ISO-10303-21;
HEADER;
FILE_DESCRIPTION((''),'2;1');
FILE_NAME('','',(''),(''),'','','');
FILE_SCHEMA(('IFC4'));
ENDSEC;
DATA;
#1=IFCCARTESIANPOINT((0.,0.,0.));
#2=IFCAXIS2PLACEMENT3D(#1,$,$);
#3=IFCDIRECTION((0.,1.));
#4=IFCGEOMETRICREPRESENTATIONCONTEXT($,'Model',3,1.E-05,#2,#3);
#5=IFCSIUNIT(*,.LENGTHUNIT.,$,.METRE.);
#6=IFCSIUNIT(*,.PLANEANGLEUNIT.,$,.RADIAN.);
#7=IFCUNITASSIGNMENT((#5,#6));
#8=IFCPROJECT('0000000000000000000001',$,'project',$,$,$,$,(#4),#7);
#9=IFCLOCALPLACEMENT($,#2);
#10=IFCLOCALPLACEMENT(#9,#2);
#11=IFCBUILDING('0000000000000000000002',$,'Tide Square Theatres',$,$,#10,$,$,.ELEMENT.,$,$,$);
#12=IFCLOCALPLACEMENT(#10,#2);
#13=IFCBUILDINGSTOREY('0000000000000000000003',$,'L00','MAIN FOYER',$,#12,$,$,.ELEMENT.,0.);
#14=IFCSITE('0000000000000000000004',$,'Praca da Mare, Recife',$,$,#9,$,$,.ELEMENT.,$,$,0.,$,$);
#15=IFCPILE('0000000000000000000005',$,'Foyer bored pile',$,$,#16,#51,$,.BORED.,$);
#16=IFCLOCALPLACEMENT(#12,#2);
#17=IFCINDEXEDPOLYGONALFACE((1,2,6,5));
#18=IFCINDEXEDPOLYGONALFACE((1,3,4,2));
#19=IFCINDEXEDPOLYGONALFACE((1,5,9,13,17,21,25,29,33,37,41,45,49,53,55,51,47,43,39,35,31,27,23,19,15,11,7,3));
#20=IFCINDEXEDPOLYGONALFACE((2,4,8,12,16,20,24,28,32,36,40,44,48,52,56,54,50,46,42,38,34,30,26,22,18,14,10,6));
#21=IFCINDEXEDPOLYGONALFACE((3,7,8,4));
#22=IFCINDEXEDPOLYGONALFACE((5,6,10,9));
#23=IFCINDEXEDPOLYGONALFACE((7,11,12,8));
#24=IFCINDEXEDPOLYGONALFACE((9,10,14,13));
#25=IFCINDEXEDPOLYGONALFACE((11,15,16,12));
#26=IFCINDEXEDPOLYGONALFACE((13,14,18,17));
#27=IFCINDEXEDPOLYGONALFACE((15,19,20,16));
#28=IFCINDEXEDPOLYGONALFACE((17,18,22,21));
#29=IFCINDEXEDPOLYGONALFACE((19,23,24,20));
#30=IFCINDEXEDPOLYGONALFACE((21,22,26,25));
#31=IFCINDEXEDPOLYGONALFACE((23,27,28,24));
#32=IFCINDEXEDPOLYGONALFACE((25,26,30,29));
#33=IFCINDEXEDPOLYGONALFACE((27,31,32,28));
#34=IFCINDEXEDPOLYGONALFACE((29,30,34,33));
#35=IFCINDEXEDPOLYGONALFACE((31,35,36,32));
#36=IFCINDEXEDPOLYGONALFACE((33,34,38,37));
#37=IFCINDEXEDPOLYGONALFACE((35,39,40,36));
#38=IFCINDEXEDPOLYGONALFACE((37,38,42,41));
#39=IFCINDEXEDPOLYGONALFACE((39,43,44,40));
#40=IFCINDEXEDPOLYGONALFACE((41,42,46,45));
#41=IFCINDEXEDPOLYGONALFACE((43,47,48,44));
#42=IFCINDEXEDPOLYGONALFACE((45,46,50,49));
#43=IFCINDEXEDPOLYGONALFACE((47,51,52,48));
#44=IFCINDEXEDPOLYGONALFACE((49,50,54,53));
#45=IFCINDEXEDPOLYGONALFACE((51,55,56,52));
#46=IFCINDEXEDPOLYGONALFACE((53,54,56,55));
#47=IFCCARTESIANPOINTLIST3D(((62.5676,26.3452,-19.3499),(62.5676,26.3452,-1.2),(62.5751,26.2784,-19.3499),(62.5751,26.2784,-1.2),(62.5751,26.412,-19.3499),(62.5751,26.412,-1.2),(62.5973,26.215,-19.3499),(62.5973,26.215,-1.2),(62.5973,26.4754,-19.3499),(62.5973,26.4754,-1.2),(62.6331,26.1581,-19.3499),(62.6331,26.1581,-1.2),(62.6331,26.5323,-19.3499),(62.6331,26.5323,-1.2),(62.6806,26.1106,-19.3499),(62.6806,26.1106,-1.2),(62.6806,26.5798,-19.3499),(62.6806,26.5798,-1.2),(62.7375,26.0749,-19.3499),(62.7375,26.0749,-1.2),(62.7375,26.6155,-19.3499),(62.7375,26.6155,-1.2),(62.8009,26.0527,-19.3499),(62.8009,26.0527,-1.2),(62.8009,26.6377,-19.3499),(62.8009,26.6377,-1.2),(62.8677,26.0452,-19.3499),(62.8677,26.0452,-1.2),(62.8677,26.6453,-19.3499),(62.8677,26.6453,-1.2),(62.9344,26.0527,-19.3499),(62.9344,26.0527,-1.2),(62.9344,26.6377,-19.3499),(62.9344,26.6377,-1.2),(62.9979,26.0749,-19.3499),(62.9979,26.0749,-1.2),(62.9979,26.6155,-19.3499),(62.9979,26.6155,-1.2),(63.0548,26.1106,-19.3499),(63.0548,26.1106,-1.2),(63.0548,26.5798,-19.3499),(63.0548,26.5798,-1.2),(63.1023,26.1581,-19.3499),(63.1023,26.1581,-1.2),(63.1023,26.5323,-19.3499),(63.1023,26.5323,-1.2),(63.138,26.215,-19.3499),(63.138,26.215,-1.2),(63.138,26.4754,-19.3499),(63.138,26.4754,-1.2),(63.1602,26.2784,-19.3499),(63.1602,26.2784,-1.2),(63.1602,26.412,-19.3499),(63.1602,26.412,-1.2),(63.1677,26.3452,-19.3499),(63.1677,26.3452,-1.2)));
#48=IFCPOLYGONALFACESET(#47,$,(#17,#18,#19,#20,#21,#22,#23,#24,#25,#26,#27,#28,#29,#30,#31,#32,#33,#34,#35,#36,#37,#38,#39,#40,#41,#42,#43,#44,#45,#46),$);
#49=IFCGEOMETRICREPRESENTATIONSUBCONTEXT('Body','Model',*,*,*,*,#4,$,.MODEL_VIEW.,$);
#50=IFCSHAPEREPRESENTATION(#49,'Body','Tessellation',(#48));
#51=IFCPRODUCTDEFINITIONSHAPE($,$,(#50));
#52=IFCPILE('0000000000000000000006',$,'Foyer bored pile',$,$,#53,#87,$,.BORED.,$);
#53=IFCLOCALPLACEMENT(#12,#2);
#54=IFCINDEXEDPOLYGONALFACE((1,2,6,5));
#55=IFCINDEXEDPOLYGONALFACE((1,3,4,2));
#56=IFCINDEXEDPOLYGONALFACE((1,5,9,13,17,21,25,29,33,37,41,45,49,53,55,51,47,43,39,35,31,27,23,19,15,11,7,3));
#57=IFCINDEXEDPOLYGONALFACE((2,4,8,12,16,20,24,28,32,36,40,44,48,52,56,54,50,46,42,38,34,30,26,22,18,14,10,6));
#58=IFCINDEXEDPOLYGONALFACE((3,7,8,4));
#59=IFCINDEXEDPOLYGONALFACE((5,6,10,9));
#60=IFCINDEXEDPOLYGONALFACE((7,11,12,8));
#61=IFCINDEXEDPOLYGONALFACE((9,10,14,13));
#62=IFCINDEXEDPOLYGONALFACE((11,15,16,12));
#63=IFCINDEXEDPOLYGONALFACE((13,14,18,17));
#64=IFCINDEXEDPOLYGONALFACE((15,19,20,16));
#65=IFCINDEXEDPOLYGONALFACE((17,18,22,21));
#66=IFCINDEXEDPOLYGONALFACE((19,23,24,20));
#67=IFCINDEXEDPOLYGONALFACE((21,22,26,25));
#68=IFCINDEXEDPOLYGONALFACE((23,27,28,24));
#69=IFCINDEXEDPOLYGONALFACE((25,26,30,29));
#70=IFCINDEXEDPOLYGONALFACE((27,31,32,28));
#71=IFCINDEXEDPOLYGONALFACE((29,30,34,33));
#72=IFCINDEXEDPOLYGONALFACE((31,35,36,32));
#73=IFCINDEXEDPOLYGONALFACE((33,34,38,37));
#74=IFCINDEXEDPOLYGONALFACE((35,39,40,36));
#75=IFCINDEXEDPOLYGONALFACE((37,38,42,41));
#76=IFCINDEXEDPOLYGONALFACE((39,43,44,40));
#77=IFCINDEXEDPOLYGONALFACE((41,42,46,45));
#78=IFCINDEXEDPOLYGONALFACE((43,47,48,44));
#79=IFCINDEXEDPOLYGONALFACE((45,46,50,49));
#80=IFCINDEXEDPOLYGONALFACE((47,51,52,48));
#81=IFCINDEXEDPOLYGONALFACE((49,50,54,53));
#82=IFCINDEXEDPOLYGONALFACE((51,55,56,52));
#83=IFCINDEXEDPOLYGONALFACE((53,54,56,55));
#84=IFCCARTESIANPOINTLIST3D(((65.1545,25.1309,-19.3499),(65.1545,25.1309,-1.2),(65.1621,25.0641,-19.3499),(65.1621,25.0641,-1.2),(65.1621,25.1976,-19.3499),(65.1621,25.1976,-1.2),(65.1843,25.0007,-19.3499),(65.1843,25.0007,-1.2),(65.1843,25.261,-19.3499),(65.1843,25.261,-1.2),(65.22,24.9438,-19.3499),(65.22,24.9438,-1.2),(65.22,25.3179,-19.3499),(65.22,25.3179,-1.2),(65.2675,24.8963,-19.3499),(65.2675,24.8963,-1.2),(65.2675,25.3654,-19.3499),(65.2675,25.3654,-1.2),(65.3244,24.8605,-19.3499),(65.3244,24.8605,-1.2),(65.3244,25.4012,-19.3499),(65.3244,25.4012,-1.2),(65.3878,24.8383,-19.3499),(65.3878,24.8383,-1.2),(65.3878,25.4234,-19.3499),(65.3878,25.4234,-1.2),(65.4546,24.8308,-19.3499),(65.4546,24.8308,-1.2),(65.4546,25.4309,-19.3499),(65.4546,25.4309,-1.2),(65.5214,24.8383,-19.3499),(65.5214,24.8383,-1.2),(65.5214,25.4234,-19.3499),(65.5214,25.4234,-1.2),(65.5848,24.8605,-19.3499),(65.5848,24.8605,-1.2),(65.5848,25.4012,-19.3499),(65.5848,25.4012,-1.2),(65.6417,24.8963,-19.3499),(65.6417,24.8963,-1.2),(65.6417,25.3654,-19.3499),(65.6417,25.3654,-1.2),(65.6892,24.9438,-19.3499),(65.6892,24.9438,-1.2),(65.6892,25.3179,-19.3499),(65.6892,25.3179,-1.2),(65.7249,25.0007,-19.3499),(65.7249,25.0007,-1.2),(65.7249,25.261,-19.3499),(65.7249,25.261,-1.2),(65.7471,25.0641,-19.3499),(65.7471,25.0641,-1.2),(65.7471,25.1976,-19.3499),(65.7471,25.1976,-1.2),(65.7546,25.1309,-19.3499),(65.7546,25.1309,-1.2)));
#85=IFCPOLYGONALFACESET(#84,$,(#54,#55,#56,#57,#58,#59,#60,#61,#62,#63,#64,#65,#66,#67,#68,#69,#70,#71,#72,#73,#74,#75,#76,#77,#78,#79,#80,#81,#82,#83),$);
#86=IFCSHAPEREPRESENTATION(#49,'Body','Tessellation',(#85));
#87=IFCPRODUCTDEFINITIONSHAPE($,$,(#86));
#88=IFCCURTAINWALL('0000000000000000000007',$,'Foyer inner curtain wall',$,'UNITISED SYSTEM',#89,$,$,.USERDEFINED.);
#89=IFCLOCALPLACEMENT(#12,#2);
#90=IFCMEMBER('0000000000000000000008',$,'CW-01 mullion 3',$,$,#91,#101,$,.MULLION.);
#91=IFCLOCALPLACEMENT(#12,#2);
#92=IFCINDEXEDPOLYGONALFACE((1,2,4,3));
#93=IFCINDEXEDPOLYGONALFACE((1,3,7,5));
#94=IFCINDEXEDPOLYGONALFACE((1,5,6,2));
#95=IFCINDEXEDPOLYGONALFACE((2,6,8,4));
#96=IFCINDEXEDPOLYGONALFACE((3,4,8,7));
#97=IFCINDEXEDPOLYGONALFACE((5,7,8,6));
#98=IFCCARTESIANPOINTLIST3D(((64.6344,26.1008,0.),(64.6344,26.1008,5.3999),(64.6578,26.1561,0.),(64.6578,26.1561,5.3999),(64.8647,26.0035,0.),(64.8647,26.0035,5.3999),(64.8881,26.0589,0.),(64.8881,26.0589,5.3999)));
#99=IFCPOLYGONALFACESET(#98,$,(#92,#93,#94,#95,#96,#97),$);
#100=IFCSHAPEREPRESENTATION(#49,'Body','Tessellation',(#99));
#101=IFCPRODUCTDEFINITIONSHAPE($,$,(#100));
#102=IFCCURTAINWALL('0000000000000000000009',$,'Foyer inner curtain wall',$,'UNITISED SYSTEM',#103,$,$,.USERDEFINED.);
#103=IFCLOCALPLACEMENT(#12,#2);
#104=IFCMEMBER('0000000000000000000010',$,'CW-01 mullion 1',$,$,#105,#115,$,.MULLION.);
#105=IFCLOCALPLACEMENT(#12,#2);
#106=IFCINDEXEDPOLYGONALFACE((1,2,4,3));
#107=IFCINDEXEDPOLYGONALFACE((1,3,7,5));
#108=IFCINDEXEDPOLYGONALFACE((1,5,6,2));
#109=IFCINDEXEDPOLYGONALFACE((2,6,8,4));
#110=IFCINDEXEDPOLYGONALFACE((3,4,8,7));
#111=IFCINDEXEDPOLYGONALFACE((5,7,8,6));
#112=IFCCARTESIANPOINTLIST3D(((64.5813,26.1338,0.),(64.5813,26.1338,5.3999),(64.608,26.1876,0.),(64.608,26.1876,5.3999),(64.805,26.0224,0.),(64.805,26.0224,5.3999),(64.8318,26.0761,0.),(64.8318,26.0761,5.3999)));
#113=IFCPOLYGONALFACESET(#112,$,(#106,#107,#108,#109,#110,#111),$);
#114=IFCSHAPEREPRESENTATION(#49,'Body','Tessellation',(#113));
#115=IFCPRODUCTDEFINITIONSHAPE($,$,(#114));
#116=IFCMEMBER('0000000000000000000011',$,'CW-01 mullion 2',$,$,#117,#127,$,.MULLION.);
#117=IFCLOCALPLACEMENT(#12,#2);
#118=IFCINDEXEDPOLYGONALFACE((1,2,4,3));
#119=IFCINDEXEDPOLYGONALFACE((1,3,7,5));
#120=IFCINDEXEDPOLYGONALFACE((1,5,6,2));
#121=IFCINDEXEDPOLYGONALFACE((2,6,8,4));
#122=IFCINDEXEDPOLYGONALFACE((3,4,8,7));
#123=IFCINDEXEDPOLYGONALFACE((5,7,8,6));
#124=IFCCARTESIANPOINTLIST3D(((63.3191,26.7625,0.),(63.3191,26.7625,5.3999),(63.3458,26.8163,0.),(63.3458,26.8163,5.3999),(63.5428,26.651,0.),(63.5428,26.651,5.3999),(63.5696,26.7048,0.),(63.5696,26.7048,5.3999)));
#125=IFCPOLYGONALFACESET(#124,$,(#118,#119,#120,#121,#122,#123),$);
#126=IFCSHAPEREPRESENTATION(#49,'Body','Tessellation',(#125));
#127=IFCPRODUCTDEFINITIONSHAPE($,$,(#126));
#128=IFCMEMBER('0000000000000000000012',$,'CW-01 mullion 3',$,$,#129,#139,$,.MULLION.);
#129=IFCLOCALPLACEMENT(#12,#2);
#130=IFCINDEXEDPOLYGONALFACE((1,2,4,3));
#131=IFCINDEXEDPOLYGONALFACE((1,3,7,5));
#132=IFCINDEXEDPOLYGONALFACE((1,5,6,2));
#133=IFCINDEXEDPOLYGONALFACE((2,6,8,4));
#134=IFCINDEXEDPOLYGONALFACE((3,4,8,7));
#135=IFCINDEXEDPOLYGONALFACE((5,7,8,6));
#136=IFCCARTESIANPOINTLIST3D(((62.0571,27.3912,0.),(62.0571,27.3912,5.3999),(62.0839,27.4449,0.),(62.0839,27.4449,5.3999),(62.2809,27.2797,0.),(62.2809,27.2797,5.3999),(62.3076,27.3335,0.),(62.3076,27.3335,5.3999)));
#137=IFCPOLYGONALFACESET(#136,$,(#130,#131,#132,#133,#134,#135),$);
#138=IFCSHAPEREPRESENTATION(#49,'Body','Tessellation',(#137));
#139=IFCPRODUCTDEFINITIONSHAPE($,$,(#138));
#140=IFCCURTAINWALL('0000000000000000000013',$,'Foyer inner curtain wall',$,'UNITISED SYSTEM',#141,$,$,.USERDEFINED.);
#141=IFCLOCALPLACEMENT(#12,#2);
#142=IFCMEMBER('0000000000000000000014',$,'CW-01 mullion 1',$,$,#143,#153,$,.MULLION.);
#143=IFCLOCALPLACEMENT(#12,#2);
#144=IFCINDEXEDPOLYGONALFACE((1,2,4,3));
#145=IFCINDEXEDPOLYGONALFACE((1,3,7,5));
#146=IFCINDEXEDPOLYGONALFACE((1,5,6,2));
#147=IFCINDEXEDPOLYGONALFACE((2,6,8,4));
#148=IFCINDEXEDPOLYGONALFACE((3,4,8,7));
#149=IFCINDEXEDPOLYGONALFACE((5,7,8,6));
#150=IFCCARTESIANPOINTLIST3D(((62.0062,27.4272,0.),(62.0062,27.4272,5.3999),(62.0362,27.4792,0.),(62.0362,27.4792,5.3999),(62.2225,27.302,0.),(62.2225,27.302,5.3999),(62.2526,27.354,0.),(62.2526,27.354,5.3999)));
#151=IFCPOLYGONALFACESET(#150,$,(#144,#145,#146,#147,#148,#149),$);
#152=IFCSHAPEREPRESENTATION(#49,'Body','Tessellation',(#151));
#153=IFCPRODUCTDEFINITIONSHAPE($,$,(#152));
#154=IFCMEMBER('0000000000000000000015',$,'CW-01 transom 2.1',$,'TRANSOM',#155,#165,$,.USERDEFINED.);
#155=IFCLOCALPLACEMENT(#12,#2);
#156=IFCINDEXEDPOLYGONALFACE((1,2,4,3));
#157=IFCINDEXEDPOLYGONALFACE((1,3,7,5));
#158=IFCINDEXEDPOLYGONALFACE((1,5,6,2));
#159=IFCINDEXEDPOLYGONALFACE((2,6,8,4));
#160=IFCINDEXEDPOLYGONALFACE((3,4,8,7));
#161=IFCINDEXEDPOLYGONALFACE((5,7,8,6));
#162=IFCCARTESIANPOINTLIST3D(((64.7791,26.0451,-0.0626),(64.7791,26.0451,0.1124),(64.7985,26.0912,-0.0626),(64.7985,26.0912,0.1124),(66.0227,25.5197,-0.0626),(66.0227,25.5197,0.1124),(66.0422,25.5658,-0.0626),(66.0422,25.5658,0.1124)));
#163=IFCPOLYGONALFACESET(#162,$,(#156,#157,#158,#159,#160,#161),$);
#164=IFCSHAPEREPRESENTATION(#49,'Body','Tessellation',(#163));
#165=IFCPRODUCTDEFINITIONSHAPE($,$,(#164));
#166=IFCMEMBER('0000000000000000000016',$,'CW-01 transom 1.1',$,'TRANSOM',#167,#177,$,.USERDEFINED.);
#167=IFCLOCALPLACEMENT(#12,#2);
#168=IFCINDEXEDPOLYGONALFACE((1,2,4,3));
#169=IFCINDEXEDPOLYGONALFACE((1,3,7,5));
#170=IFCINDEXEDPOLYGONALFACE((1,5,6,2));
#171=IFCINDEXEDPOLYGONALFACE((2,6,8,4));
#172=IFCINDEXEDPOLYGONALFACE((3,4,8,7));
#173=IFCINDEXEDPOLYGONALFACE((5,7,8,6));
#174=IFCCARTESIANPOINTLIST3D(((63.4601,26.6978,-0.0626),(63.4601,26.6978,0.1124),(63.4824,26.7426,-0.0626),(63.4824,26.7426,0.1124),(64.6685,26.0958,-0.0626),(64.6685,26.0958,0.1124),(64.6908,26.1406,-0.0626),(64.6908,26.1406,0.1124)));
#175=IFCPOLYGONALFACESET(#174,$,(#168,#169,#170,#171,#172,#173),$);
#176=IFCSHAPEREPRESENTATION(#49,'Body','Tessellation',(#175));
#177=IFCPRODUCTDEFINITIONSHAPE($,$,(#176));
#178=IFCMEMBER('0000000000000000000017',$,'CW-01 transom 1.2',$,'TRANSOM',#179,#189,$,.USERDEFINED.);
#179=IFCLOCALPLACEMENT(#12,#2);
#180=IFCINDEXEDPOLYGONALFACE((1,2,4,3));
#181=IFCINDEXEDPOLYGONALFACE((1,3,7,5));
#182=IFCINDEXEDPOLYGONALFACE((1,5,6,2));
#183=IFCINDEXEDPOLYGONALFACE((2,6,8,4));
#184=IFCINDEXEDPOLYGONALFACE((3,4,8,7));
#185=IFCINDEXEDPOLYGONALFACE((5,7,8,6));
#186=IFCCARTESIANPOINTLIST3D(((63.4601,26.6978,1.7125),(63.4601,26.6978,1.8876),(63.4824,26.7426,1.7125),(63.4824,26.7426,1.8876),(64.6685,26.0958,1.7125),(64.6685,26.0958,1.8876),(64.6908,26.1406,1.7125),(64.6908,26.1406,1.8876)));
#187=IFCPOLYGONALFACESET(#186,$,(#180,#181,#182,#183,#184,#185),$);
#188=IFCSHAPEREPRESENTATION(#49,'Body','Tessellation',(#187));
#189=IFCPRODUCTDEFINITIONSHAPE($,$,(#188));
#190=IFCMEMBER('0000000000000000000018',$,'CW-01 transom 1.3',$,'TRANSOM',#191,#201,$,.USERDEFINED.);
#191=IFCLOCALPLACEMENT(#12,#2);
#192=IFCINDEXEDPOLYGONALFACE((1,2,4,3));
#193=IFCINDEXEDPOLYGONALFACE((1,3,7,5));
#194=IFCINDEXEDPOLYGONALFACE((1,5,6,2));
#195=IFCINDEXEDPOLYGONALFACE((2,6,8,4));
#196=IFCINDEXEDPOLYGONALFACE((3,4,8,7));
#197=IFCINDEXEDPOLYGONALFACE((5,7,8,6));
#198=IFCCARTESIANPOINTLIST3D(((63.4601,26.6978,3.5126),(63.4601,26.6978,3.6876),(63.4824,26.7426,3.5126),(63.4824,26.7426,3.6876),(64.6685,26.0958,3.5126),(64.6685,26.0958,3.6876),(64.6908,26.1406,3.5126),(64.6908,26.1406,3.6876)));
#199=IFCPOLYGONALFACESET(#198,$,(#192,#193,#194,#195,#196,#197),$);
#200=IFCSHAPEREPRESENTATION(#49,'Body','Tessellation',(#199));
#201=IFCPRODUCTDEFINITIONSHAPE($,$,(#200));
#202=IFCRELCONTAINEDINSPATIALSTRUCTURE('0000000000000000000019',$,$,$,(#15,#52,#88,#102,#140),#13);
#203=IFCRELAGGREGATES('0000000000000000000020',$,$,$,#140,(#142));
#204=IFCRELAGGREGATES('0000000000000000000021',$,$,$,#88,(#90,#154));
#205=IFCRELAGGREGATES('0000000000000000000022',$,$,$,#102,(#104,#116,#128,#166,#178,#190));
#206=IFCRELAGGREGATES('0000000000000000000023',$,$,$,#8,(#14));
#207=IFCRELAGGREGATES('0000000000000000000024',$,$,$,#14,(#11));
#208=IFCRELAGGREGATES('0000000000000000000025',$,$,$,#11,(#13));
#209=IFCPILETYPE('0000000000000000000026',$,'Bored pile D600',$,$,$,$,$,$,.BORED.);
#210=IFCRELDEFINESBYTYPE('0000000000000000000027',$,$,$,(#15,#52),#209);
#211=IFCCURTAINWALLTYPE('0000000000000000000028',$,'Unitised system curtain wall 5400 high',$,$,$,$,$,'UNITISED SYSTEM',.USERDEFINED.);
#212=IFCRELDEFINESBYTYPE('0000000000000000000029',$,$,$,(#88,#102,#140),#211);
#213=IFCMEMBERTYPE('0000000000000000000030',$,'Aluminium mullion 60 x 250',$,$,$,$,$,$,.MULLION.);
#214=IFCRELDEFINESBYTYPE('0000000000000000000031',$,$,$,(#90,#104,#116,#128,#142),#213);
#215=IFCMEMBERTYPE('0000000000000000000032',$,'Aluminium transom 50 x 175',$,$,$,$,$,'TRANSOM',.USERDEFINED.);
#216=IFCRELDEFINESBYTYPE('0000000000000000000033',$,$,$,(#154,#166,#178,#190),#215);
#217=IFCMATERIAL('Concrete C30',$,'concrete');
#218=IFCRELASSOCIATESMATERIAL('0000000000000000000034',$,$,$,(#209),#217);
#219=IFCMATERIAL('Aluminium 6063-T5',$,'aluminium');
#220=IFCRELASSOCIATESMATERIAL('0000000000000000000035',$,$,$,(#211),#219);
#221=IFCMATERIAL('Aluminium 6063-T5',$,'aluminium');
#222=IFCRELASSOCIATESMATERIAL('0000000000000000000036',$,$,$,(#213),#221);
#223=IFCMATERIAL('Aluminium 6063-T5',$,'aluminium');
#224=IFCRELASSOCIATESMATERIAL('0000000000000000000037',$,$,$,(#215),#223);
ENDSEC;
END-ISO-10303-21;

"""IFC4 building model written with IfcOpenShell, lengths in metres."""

from ifc_helpers import new_model, si_unit, direction, frame, origin, origin_2d, place, context, subcontext, project, spatial, rectangle, circle, extrude, material, material_profile, profile_set, type_object, element, aggregate, save


model = new_model("IFC4")

# Units and contexts
model_context = context("Model", 3, precision=1e-05, world=origin(), true_north=direction((0.0, 1.0)))
body_context = subcontext(model_context, "Body", "Model", "MODEL_VIEW")
ifc_project = project(units=[si_unit("LENGTHUNIT", "METRE"), si_unit("PLANEANGLEUNIT", "RADIAN")], contexts=[model_context])

# Site, building, storey
site_placement = place(None, origin())
site = spatial("IfcSite", under=ifc_project, at=site_placement, Name="Praca da Mare, Recife", CompositionType="ELEMENT", RefElevation=0.0)
building_placement = place(site_placement, origin())
building = spatial("IfcBuilding", under=site, at=building_placement, Name="Tide Square Theatres", CompositionType="ELEMENT")
storey_placement = place(building_placement, origin())
storey = spatial("IfcBuildingStorey", under=building, at=storey_placement, Name="L00", Description="MAIN FOYER", CompositionType="ELEMENT", Elevation=0.0)

# Piles
ifc_material_1 = material(Name="Concrete C30", Category="concrete")
ifc_material_profile_1 = material_profile(ifc_material_1, circle(Radius=0.3, at=origin_2d()))
ifc_profile_set_1 = profile_set([ifc_material_profile_1], Name="Concrete C30")
pile_type = type_object("IfcPileType", Name="Bored pile D600", PredefinedType="BORED", material=ifc_profile_set_1)
for number, where, z_axis, x_axis, name in (
    (1, (62.8677, 26.3452, -1.2), (0.0, 0.0, -1.0), (1.0, 0.0, 0.0), "Foyer bored pile"),
    (2, (65.4546, 25.1309, -1.2), (0.0, 0.0, -1.0), (1.0, 0.0, 0.0), "Foyer bored pile"),
):
    element("IfcPile", number, at=place(storey_placement, frame(where, z_axis=z_axis, x_axis=x_axis)), inside=storey, type_object=pile_type, Name=name, PredefinedType="BORED", context=body_context, shape_type="SweptSolid", body=[
        extrude(circle(Radius=0.3, at=origin_2d()), origin(), (0.0, 0.0, 1.0), 18.1499),
    ])

# Curtain wall, member
ifc_material_2 = material(Name="Aluminium 6063-T5", Category="aluminium")
curtain_wall_type = type_object("IfcCurtainWallType", Name="Unitised system curtain wall 5400 high", ElementType="UNITISED SYSTEM", PredefinedType="USERDEFINED", material=ifc_material_2)
curtain_wall_1_placement = place(storey_placement, origin())
curtain_wall_1 = element("IfcCurtainWall", 3, at=curtain_wall_1_placement, inside=storey, type_object=curtain_wall_type, Name="Foyer inner curtain wall", ObjectType="UNITISED SYSTEM", PredefinedType="USERDEFINED")
ifc_material_3 = material(Name="Aluminium 6063-T5", Category="aluminium")
ifc_material_profile_2 = material_profile(ifc_material_3, rectangle(XDim=0.0601, YDim=0.25, at=origin_2d()))
ifc_profile_set_2 = profile_set([ifc_material_profile_2], Name="Aluminium 6063-T5")
member_type_1 = type_object("IfcMemberType", Name="Aluminium mullion 60 x 250", PredefinedType="MULLION", material=ifc_profile_set_2)
member_1_placement = place(storey_placement, frame((64.7612, 26.0798, 0.0), z_axis=(0.0, 0.0, 1.0), x_axis=(-0.389137, -0.92118, 0.0)))
member_1 = element("IfcMember", 4, at=member_1_placement, type_object=member_type_1, Name="CW-01 mullion 3", PredefinedType="MULLION", context=body_context, shape_type="SweptSolid", body=[
    extrude(rectangle(XDim=0.0601, YDim=0.25, at=origin_2d()), origin(), (0.0, 0.0, 1.0), 5.3999),
])

# Curtain wall, members
curtain_wall_2_placement = place(storey_placement, origin())
curtain_wall_2 = element("IfcCurtainWall", 5, at=curtain_wall_2_placement, inside=storey, type_object=curtain_wall_type, Name="Foyer inner curtain wall", ObjectType="UNITISED SYSTEM", PredefinedType="USERDEFINED")
member_2_placement = place(storey_placement, frame((64.7065, 26.105, 0.0), z_axis=(0.0, 0.0, 1.0), x_axis=(-0.445866, -0.8951, 0.0)))
member_2 = element("IfcMember", 6, at=member_2_placement, type_object=member_type_1, Name="CW-01 mullion 1", PredefinedType="MULLION", context=body_context, shape_type="SweptSolid", body=[
    extrude(rectangle(XDim=0.0601, YDim=0.25, at=origin_2d()), origin(), (0.0, 0.0, 1.0), 5.3999),
])
member_3_placement = place(storey_placement, frame((63.4443, 26.7336, 0.0), z_axis=(0.0, 0.0, 1.0), x_axis=(-0.445866, -0.8951, 0.0)))
member_3 = element("IfcMember", 7, at=member_3_placement, type_object=member_type_1, Name="CW-01 mullion 2", PredefinedType="MULLION", context=body_context, shape_type="SweptSolid", body=[
    extrude(rectangle(XDim=0.0601, YDim=0.25, at=origin_2d()), origin(), (0.0, 0.0, 1.0), 5.3999),
])
member_4_placement = place(storey_placement, frame((62.1824, 27.3623, 0.0), z_axis=(0.0, 0.0, 1.0), x_axis=(-0.445866, -0.8951, 0.0)))
member_4 = element("IfcMember", 8, at=member_4_placement, type_object=member_type_1, Name="CW-01 mullion 3", PredefinedType="MULLION", context=body_context, shape_type="SweptSolid", body=[
    extrude(rectangle(XDim=0.0601, YDim=0.25, at=origin_2d()), origin(), (0.0, 0.0, 1.0), 5.3999),
])

# Curtain wall, member
curtain_wall_3_placement = place(storey_placement, origin())
curtain_wall_3 = element("IfcCurtainWall", 9, at=curtain_wall_3_placement, inside=storey, type_object=curtain_wall_type, Name="Foyer inner curtain wall", ObjectType="UNITISED SYSTEM", PredefinedType="USERDEFINED")
member_5_placement = place(storey_placement, frame((62.1294, 27.3906, 0.0), z_axis=(0.0, 0.0, 1.0), x_axis=(-0.500865, -0.865525, 0.0)))
member_5 = element("IfcMember", 10, at=member_5_placement, type_object=member_type_1, Name="CW-01 mullion 1", PredefinedType="MULLION", context=body_context, shape_type="SweptSolid", body=[
    extrude(rectangle(XDim=0.0601, YDim=0.25, at=origin_2d()), origin(), (0.0, 0.0, 1.0), 5.3999),
])
aggregate(curtain_wall_3, [member_5])

# Members
ifc_material_4 = material(Name="Aluminium 6063-T5", Category="aluminium")
ifc_material_profile_3 = material_profile(ifc_material_4, rectangle(XDim=0.05, YDim=0.175, at=origin_2d()))
ifc_profile_set_3 = profile_set([ifc_material_profile_3], Name="Aluminium 6063-T5")
member_type_2 = type_object("IfcMemberType", Name="Aluminium transom 50 x 175", ElementType="TRANSOM", PredefinedType="USERDEFINED", material=ifc_profile_set_3)
member_6_placement = place(storey_placement, frame((66.0325, 25.5427, 0.0249), z_axis=(-0.921172, 0.389156, 0.0), x_axis=(-0.389156, -0.921172, 0.0)))
member_6 = element("IfcMember", 11, at=member_6_placement, type_object=member_type_2, Name="CW-01 transom 2.1", ObjectType="TRANSOM", PredefinedType="USERDEFINED", context=body_context, shape_type="SweptSolid", body=[
    extrude(rectangle(XDim=0.05, YDim=0.175, at=origin_2d()), origin(), (0.0, 0.0, 1.0), 1.3501),
])
member_7_placement = place(storey_placement, frame((64.6797, 26.1182, 0.0249), z_axis=(-0.895077, 0.445911, 0.0), x_axis=(-0.445911, -0.895077, 0.0)))
member_7 = element("IfcMember", 12, at=member_7_placement, type_object=member_type_2, Name="CW-01 transom 1.1", ObjectType="TRANSOM", PredefinedType="USERDEFINED", context=body_context, shape_type="SweptSolid", body=[
    extrude(rectangle(XDim=0.05, YDim=0.175, at=origin_2d()), origin(), (0.0, 0.0, 1.0), 1.3501),
])
member_8_placement = place(storey_placement, frame((64.6797, 26.1182, 1.8), z_axis=(-0.895077, 0.445911, 0.0), x_axis=(-0.445911, -0.895077, 0.0)))
member_8 = element("IfcMember", 13, at=member_8_placement, type_object=member_type_2, Name="CW-01 transom 1.2", ObjectType="TRANSOM", PredefinedType="USERDEFINED", context=body_context, shape_type="SweptSolid", body=[
    extrude(rectangle(XDim=0.05, YDim=0.175, at=origin_2d()), origin(), (0.0, 0.0, 1.0), 1.3501),
])
member_9_placement = place(storey_placement, frame((64.6797, 26.1182, 3.6001), z_axis=(-0.895077, 0.445911, 0.0), x_axis=(-0.445911, -0.895077, 0.0)))
member_9 = element("IfcMember", 14, at=member_9_placement, type_object=member_type_2, Name="CW-01 transom 1.3", ObjectType="TRANSOM", PredefinedType="USERDEFINED", context=body_context, shape_type="SweptSolid", body=[
    extrude(rectangle(XDim=0.05, YDim=0.175, at=origin_2d()), origin(), (0.0, 0.0, 1.0), 1.3501),
])

aggregate(curtain_wall_1, [member_1, member_6])
aggregate(curtain_wall_2, [member_2, member_3, member_4, member_7, member_8, member_9])

save(model, "model.ifc")
